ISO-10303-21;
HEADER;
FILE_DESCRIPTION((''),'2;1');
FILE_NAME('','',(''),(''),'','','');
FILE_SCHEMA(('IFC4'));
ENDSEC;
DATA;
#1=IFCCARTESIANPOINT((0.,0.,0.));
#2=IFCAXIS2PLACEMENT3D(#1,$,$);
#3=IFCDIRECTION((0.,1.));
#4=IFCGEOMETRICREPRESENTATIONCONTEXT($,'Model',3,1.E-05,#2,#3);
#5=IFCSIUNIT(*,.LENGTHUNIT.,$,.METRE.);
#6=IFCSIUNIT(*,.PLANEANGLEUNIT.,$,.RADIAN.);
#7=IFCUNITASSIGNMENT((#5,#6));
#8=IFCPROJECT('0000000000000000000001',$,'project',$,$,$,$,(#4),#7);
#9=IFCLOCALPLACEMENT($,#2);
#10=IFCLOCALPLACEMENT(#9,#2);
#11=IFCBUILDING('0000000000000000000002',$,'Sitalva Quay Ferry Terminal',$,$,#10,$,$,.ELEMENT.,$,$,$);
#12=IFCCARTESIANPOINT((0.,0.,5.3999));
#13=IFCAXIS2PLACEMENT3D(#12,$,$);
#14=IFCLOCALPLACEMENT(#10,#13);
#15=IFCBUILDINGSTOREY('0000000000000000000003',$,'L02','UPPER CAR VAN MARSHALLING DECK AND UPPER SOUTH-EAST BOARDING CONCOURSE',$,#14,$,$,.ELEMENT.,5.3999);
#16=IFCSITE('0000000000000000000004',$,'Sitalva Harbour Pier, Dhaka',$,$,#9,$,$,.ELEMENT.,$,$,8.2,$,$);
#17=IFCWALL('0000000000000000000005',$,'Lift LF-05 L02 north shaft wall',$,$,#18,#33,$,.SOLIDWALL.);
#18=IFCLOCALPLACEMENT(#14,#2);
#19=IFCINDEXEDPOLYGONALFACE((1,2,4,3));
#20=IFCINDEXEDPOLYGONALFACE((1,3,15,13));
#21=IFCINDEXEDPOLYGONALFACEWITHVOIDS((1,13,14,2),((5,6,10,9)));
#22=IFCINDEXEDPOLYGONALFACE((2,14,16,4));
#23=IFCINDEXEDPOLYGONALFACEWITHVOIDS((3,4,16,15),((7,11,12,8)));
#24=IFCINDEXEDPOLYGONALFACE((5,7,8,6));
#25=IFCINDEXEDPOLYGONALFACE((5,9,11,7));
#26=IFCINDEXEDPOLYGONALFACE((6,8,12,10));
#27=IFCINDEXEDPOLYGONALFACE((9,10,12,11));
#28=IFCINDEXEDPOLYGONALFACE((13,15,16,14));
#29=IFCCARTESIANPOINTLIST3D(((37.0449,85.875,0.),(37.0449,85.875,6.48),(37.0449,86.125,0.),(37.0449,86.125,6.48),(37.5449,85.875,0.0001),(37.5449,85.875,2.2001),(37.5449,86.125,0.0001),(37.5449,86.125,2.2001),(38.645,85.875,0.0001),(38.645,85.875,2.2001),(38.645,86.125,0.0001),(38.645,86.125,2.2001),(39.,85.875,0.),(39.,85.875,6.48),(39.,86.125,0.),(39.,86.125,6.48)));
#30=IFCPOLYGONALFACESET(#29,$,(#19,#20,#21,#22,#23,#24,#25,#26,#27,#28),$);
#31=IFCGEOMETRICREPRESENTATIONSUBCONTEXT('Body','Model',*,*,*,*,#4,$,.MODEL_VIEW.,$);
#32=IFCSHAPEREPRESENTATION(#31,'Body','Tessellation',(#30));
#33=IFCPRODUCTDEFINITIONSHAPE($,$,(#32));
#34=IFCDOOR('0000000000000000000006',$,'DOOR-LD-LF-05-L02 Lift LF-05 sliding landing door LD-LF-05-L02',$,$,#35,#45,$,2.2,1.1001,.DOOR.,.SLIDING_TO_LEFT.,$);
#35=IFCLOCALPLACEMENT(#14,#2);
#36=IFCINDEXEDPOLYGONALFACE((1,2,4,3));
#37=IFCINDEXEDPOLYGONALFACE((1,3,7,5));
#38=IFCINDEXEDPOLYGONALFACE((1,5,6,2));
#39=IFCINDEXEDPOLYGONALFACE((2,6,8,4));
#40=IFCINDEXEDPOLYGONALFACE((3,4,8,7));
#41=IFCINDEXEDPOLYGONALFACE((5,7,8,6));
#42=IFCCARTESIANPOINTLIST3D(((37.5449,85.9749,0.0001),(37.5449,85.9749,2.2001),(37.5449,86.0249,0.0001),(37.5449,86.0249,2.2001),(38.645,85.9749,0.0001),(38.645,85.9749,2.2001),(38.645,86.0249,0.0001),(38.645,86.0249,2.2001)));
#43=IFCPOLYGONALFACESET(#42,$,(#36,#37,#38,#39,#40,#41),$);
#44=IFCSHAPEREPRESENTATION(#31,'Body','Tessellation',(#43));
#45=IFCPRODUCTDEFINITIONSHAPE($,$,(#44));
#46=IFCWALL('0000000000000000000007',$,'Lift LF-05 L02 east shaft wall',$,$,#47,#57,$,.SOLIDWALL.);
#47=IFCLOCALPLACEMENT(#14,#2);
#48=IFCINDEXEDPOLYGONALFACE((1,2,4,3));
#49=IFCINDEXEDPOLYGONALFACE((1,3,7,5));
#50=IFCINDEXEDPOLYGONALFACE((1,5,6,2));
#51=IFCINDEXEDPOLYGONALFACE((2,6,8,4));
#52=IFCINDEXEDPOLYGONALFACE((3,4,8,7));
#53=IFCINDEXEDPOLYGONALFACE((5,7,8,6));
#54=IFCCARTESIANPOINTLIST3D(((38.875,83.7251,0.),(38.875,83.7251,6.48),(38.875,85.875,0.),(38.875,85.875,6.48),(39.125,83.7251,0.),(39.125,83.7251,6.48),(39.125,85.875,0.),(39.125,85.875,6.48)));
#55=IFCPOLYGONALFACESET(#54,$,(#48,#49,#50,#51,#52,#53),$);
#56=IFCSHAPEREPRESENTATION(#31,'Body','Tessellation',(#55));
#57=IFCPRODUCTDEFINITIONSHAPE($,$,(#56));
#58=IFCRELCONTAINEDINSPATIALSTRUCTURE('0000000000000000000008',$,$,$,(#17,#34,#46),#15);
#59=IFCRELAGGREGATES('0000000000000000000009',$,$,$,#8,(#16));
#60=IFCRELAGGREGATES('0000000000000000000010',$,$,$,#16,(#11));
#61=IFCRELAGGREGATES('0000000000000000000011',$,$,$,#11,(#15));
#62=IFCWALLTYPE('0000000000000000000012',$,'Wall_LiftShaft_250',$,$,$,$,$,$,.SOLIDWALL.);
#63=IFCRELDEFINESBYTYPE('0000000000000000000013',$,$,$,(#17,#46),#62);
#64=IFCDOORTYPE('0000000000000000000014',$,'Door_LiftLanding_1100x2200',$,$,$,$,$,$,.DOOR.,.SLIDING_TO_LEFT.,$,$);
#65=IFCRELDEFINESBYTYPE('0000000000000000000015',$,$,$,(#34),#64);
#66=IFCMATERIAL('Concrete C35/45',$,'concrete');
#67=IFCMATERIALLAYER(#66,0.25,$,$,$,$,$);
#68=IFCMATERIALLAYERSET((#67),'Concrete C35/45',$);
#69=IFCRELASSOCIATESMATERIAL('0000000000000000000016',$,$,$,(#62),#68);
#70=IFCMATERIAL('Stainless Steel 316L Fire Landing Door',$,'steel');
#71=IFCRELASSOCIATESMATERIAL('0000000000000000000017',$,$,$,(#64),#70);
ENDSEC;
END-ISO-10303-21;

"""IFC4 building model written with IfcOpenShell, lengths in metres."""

from ifc_helpers import new_model, si_unit, direction, frame, frame_2d, origin, place, context, subcontext, project, spatial, rectangle, extrude, material, layer, layer_set, type_object, element, fill, save


model = new_model("IFC4")

# Units and contexts
model_context = context("Model", 3, precision=1e-05, world=origin(), true_north=direction((0.0, 1.0)))
body_context = subcontext(model_context, "Body", "Model", "MODEL_VIEW")
ifc_project = project(units=[si_unit("LENGTHUNIT", "METRE"), si_unit("PLANEANGLEUNIT", "RADIAN")], contexts=[model_context])

# Site, building, storey
site_placement = place(None, origin())
site = spatial("IfcSite", under=ifc_project, at=site_placement, Name="Sitalva Harbour Pier, Dhaka", CompositionType="ELEMENT", RefElevation=8.2)
building_placement = place(site_placement, origin())
building = spatial("IfcBuilding", under=site, at=building_placement, Name="Sitalva Quay Ferry Terminal", CompositionType="ELEMENT")
storey_placement = place(building_placement, frame((0.0, 0.0, 5.3999)))
storey = spatial("IfcBuildingStorey", under=building, at=storey_placement, Name="L02", Description="UPPER CAR VAN MARSHALLING DECK AND UPPER SOUTH-EAST BOARDING CONCOURSE", CompositionType="ELEMENT", Elevation=5.3999)

# Shared definitions
ifc_material_1 = material(Name="Concrete C35/45", Category="concrete")
ifc_layer_1 = layer(ifc_material_1, 0.25)
ifc_layer_set_1 = layer_set([ifc_layer_1], Name="Concrete C35/45")
wall_type_1 = type_object("IfcWallType", Name="Wall_LiftShaft_250", PredefinedType="SOLIDWALL", material=ifc_layer_set_1)

# Wall, opening, door
wall_1_placement = place(storey_placement, frame((37.0449, 86.0, 0.0), z_axis=(0.0, 0.0, 1.0), x_axis=(1.0, 0.0, 0.0)))
wall_1 = element("IfcWall", 1, at=wall_1_placement, inside=storey, type_object=wall_type_1, Name="Lift LF-05 L02 north shaft wall", PredefinedType="SOLIDWALL", context=body_context, shape_type="SweptSolid", body=[
    extrude(rectangle(XDim=1.9551, YDim=0.25, at=frame_2d((0.9775, 0.0))), origin(), (0.0, 0.0, 1.0), 6.48),
])
opening_1_placement = place(wall_1_placement, frame((0.5, 0.0, 0.0)))
opening_1 = element("IfcOpeningElement", 2, at=opening_1_placement, cuts=wall_1, PredefinedType="OPENING", context=body_context, shape_type="SweptSolid", body=[
    extrude(rectangle(XDim=1.1001, YDim=2.2, at=frame_2d((0.55, 1.1001))), frame((0.0, 0.135, 0.0), z_axis=(0.0, -1.0, 0.0), x_axis=(1.0, 0.0, 0.0)), (0.0, 0.0, 1.0), 0.27),
])
ifc_material_2 = material(Name="Stainless Steel 316L Fire Landing Door", Category="steel")
door_type_1 = type_object("IfcDoorType", Name="Door_LiftLanding_1100x2200", OperationType="SLIDING_TO_LEFT", PredefinedType="DOOR", material=ifc_material_2)
door_1_placement = place(opening_1_placement, origin())
door_1 = element("IfcDoor", 3, at=door_1_placement, inside=storey, type_object=door_type_1, Name="DOOR-LD-LF-05-L02 Lift LF-05 sliding landing door LD-LF-05-L02", OperationType="SLIDING_TO_LEFT", OverallHeight=2.2, OverallWidth=1.1001, PredefinedType="DOOR", context=body_context, shape_type="SweptSolid", body=[
    extrude(rectangle(XDim=1.1001, YDim=2.2, at=frame_2d((0.55, 1.1001))), frame((0.0, 0.0249, 0.0), z_axis=(0.0, -1.0, 0.0), x_axis=(1.0, 0.0, 0.0)), (0.0, 0.0, 1.0), 0.05),
])
fill(opening_1, door_1)

# Wall
wall_2_placement = place(storey_placement, frame((39.0, 83.7251, 0.0), z_axis=(0.0, 0.0, 1.0), x_axis=(0.0, 1.0, 0.0)))
element("IfcWall", 4, at=wall_2_placement, inside=storey, type_object=wall_type_1, Name="Lift LF-05 L02 east shaft wall", PredefinedType="SOLIDWALL", context=body_context, shape_type="SweptSolid", body=[
    extrude(rectangle(XDim=2.1499, YDim=0.25, at=frame_2d((1.075, 0.0))), origin(), (0.0, 0.0, 1.0), 6.48),
])

save(model, "model.ifc")
